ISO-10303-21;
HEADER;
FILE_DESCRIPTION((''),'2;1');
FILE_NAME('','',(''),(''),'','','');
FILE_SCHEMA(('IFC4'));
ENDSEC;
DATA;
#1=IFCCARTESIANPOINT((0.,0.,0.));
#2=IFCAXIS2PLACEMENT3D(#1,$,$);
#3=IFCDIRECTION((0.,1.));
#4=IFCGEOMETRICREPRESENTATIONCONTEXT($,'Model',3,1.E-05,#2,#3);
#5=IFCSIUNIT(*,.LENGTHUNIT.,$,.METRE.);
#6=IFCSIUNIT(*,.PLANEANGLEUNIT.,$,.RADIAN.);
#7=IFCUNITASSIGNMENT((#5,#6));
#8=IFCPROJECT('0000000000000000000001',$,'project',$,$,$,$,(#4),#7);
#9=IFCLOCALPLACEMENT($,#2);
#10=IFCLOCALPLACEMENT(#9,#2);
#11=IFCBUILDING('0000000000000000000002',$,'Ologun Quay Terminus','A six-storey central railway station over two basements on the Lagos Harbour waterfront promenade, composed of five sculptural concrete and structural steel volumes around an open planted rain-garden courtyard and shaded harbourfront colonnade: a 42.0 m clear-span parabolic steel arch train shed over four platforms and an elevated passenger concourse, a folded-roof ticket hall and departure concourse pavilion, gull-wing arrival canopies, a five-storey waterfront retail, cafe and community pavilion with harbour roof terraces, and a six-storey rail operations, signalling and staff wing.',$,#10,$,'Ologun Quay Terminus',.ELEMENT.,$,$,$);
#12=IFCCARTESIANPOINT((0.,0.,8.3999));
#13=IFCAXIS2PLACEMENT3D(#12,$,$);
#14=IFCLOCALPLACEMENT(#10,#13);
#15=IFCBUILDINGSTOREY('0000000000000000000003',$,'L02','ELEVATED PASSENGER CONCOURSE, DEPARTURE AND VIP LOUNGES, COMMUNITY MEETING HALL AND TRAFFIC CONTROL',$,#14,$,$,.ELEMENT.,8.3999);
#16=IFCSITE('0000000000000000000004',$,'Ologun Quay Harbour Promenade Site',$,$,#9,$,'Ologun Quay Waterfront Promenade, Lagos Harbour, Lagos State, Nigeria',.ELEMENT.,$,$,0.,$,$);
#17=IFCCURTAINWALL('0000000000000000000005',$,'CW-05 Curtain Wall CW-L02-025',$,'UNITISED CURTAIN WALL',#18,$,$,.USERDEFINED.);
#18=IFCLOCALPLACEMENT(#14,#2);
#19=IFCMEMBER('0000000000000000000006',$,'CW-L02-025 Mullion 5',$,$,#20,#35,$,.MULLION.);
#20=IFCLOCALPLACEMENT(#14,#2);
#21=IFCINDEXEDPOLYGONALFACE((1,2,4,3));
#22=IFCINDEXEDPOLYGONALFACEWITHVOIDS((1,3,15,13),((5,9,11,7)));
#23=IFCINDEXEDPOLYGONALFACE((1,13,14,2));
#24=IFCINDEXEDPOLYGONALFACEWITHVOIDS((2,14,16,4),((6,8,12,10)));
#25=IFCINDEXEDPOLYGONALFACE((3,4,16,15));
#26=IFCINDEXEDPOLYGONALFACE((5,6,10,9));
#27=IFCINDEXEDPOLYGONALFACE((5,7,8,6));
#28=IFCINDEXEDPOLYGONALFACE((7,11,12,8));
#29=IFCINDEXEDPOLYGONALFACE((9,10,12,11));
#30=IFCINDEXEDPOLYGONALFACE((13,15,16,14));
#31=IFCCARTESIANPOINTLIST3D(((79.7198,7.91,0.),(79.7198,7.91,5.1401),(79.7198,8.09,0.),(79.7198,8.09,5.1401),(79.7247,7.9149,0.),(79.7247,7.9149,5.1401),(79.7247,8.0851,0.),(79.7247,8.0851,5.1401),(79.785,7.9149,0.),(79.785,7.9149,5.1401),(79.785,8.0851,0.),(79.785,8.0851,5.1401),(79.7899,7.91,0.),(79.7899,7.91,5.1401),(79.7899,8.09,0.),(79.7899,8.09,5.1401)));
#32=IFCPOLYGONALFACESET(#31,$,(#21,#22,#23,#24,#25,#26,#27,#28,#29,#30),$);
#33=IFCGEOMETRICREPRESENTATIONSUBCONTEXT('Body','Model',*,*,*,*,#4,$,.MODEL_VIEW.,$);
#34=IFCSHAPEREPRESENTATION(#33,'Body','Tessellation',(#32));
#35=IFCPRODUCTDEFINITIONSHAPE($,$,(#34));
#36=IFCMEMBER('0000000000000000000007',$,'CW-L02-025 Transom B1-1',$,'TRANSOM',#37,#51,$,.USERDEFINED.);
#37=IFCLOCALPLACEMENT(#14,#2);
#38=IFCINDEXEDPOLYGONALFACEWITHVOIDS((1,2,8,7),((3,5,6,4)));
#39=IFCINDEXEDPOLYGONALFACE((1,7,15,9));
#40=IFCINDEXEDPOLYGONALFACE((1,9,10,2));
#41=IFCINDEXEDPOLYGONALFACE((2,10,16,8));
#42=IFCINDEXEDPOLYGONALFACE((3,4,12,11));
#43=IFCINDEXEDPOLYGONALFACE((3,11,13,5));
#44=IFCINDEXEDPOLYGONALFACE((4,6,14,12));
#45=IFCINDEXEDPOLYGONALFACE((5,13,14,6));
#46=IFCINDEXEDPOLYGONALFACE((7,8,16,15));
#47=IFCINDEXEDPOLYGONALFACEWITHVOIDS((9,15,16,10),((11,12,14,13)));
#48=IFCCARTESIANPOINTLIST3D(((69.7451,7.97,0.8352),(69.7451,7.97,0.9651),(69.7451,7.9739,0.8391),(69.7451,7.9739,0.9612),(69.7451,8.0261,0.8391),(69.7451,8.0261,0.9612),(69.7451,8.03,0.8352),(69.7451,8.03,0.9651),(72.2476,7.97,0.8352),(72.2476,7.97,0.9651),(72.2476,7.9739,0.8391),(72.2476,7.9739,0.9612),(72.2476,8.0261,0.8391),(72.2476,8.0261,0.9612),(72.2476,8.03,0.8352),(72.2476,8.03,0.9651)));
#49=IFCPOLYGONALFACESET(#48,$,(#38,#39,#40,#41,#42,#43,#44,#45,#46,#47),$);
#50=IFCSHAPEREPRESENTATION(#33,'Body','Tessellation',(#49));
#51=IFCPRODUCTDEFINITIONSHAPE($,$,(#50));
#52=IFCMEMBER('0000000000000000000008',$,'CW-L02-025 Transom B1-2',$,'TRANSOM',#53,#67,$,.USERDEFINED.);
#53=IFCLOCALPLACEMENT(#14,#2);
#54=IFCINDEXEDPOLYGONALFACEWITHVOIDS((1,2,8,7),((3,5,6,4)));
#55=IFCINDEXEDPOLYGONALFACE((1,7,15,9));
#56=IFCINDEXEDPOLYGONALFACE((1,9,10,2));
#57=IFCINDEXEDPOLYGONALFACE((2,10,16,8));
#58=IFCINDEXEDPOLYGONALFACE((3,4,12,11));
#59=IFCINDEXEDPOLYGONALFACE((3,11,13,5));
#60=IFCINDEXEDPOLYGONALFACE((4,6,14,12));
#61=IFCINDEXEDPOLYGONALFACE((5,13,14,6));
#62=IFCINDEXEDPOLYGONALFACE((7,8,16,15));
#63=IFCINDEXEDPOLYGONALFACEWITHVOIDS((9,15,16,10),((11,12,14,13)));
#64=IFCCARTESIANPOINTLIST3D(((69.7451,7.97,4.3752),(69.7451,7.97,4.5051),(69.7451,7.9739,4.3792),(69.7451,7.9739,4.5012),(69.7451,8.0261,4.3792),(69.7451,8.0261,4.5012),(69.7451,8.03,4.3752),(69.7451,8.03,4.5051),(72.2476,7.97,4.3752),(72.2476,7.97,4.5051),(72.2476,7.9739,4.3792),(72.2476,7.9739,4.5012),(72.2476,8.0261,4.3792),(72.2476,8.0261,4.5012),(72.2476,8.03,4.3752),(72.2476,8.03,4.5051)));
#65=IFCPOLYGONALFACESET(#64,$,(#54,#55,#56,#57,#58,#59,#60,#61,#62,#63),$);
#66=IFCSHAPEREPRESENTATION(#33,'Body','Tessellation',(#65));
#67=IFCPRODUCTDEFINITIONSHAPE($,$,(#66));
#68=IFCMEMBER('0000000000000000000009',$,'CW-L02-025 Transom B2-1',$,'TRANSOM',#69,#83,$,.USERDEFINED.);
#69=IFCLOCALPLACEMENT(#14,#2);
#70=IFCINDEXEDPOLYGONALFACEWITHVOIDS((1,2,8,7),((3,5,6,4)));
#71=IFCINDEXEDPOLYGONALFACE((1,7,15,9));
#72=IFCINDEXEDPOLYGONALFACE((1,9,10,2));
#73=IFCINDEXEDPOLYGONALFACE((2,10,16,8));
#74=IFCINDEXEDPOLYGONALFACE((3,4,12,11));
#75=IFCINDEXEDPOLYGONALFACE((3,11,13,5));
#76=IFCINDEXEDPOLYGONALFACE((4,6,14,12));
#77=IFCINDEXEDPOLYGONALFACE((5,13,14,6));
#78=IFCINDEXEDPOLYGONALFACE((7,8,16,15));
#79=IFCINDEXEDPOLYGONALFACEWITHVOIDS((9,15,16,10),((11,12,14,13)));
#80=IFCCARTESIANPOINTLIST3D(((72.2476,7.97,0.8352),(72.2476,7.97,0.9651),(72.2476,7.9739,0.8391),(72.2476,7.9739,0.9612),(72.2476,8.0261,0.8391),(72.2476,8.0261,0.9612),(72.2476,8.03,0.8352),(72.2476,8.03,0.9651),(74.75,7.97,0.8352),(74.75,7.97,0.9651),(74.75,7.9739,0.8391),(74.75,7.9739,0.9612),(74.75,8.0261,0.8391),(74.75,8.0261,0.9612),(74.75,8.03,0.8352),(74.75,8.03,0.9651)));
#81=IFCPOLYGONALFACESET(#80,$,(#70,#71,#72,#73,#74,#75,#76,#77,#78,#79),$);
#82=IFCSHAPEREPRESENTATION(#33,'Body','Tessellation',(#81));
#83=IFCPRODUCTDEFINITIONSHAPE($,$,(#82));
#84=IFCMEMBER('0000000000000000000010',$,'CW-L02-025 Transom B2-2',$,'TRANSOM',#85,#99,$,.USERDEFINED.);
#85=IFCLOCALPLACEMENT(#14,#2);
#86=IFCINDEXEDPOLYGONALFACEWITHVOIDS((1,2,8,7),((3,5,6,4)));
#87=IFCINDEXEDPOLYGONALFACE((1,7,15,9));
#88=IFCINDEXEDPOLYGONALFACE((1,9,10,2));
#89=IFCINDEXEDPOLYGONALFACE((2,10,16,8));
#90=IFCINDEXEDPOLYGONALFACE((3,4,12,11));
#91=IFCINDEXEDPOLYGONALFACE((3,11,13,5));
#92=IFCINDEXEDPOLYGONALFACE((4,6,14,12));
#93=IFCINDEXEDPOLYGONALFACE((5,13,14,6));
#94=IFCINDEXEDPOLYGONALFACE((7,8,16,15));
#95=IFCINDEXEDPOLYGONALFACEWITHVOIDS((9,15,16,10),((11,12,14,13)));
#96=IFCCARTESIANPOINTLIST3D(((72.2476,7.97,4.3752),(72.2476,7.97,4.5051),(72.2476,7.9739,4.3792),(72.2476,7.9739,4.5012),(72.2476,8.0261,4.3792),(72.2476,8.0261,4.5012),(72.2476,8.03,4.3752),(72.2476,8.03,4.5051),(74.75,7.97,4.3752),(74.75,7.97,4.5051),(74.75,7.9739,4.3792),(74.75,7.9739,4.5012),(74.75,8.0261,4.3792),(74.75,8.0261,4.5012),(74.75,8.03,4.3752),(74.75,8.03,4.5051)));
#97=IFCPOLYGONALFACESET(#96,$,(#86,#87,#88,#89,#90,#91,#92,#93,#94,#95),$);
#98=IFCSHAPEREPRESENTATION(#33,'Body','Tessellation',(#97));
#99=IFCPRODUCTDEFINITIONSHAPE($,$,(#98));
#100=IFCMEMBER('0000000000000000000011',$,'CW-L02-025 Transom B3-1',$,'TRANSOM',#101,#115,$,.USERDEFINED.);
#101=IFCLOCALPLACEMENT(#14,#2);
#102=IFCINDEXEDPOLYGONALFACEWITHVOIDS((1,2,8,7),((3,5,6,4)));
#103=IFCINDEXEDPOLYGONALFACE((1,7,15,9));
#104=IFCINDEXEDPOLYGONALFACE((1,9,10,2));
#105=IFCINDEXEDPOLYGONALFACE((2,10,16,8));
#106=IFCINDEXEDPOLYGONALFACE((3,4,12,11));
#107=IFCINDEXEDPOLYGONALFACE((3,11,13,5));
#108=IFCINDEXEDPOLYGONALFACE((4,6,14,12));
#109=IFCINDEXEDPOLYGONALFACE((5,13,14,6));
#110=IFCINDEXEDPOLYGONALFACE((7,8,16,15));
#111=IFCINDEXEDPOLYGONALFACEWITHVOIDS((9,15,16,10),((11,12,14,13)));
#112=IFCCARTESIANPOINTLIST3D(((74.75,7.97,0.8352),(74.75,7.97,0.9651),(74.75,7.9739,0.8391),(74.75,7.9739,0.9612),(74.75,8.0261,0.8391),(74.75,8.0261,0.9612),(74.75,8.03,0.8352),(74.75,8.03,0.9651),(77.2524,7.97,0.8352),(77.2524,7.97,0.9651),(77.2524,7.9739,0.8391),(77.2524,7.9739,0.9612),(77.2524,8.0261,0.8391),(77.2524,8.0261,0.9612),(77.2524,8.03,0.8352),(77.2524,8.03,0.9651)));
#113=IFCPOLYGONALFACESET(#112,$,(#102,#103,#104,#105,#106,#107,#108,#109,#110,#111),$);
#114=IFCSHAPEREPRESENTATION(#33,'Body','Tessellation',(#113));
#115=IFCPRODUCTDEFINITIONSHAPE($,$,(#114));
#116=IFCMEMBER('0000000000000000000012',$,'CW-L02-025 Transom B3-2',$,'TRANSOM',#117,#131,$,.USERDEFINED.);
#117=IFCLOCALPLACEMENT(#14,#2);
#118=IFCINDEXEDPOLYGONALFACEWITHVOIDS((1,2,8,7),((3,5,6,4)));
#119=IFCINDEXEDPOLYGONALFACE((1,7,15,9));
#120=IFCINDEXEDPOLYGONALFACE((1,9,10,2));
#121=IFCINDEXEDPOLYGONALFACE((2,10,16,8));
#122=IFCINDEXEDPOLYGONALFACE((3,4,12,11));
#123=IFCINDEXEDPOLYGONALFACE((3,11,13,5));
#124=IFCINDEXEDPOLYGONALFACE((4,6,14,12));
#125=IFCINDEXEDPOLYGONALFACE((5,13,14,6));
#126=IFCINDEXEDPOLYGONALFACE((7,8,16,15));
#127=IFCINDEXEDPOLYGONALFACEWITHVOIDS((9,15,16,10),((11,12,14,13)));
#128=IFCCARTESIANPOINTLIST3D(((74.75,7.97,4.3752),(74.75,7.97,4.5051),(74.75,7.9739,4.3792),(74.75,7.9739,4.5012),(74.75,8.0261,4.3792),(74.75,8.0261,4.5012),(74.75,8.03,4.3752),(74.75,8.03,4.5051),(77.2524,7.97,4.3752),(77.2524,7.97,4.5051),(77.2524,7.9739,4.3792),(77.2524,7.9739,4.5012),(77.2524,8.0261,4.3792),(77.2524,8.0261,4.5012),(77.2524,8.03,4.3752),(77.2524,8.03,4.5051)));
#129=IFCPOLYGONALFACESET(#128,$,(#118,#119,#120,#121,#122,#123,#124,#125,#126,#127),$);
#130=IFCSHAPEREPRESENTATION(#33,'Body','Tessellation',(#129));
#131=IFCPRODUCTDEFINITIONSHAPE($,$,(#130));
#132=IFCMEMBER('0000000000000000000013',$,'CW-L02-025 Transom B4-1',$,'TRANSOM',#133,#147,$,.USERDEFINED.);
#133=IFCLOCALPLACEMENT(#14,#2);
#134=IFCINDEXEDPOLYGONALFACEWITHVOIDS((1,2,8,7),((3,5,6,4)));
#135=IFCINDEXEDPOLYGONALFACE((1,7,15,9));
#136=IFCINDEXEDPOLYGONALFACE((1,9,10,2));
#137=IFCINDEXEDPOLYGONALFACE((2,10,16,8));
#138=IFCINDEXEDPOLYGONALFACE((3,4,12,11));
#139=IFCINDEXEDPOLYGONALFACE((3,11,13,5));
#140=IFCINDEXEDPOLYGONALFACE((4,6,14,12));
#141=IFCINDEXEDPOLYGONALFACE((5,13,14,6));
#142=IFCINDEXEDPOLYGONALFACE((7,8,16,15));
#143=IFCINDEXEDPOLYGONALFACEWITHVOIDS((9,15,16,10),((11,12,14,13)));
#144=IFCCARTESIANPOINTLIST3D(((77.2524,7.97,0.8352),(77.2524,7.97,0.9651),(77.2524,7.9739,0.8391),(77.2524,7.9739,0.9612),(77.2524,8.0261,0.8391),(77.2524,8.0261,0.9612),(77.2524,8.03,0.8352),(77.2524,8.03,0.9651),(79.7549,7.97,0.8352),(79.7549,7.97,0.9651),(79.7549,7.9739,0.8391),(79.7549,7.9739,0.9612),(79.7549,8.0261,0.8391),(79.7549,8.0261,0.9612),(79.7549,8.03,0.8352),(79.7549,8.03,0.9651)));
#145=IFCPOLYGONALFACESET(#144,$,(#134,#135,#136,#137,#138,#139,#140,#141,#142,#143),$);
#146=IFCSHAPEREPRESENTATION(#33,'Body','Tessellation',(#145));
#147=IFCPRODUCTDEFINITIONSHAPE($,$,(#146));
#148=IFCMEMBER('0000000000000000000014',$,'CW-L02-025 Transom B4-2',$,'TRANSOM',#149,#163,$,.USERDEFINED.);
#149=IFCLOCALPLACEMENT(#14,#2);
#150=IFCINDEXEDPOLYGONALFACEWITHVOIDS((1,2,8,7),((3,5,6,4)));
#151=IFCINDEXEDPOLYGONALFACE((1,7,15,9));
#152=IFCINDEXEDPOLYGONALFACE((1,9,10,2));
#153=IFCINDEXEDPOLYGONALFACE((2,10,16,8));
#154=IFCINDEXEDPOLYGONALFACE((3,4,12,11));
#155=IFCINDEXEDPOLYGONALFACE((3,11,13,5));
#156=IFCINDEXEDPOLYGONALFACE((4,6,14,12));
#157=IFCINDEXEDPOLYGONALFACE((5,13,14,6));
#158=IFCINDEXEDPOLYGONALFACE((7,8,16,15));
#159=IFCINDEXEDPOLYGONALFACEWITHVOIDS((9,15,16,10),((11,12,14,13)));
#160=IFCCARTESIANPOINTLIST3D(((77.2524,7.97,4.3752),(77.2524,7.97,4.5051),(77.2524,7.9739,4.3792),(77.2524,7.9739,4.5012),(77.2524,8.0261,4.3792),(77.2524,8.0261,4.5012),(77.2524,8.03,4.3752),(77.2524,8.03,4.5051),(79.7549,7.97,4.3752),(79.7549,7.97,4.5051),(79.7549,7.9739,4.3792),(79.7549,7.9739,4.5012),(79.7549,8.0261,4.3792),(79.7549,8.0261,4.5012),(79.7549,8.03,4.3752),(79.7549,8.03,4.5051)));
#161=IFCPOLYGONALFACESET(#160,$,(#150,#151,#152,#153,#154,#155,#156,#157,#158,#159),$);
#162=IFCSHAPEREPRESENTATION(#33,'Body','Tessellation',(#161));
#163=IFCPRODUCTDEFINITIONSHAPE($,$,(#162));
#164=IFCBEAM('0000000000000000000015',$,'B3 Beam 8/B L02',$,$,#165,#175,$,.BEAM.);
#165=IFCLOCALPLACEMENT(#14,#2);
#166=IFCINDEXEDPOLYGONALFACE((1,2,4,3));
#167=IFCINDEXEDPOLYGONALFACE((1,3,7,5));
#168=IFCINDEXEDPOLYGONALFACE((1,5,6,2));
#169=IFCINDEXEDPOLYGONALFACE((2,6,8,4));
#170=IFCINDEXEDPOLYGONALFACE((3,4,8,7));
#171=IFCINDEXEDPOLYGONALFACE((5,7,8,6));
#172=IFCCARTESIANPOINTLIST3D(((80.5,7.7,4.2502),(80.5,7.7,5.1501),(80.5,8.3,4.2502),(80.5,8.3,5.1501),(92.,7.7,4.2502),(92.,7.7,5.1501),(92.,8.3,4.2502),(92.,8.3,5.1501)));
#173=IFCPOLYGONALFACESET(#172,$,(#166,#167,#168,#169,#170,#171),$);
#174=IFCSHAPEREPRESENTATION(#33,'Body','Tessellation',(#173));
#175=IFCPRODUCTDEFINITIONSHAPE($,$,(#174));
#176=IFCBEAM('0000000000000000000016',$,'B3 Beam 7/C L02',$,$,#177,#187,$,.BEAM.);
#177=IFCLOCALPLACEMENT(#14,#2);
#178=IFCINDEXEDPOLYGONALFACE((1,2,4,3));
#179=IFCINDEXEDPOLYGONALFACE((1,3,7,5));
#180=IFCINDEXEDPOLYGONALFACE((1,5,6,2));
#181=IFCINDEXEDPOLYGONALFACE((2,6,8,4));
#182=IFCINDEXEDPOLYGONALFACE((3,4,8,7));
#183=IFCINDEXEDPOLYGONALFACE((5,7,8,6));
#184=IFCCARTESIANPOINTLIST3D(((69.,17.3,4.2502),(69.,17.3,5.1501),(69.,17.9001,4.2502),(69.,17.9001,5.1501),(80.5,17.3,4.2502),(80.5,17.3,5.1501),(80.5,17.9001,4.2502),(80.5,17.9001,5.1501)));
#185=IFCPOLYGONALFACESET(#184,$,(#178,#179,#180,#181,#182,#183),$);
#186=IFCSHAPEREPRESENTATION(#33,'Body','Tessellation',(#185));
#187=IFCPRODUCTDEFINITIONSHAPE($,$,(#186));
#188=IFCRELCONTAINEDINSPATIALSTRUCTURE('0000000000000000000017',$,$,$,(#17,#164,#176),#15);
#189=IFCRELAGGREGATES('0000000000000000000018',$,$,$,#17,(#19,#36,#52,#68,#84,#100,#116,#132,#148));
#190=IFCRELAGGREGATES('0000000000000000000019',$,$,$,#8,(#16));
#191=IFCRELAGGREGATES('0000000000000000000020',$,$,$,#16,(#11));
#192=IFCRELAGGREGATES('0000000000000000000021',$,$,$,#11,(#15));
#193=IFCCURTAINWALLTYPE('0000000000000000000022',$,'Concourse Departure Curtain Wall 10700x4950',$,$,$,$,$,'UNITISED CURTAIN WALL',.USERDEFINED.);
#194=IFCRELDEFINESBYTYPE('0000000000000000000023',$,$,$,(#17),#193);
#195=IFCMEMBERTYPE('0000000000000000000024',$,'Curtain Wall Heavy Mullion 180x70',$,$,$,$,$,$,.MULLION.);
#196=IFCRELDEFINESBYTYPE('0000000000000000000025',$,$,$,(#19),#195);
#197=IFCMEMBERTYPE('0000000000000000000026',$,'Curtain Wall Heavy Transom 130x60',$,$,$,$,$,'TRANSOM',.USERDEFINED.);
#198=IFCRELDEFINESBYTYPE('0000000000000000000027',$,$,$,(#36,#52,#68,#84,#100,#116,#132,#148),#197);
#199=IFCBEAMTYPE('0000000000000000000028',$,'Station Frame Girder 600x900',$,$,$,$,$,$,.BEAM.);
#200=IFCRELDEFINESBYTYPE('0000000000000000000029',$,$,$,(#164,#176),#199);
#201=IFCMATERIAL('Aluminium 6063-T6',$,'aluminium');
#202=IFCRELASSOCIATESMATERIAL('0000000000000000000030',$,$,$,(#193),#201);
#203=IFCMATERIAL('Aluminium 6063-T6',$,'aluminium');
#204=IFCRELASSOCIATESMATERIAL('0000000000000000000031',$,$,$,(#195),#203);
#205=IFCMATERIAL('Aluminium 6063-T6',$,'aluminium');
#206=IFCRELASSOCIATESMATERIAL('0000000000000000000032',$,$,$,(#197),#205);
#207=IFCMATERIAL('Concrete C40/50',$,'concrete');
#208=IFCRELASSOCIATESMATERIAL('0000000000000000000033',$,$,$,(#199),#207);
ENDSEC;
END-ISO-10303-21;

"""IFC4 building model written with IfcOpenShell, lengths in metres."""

from ifc_helpers import new_model, si_unit, direction, frame, origin, origin_2d, place, context, subcontext, project, spatial, rectangle, hollow_rectangle, extrude, material, material_profile, profile_set, type_object, element, aggregate, save


model = new_model("IFC4")

# Units and contexts
model_context = context("Model", 3, precision=1e-05, world=origin(), true_north=direction((0.0, 1.0)))
body_context = subcontext(model_context, "Body", "Model", "MODEL_VIEW")
ifc_project = project(units=[si_unit("LENGTHUNIT", "METRE"), si_unit("PLANEANGLEUNIT", "RADIAN")], contexts=[model_context])

# Site, building, storey
site_placement = place(None, origin())
site = spatial("IfcSite", under=ifc_project, at=site_placement, Name="Ologun Quay Harbour Promenade Site", LongName="Ologun Quay Waterfront Promenade, Lagos Harbour, Lagos State, Nigeria", CompositionType="ELEMENT", RefElevation=0.0)
building_placement = place(site_placement, origin())
building = spatial("IfcBuilding", under=site, at=building_placement, Name="Ologun Quay Terminus", Description="A six-storey central railway station over two basements on the Lagos Harbour waterfront promenade, composed of five sculptural concrete and structural steel volumes around an open planted rain-garden courtyard and shaded harbourfront colonnade: a 42.0 m clear-span parabolic steel arch train shed over four platforms and an elevated passenger concourse, a folded-roof ticket hall and departure concourse pavilion, gull-wing arrival canopies, a five-storey waterfront retail, cafe and community pavilion with harbour roof terraces, and a six-storey rail operations, signalling and staff wing.", LongName="Ologun Quay Terminus", CompositionType="ELEMENT")
storey_placement = place(building_placement, frame((0.0, 0.0, 8.3999)))
storey = spatial("IfcBuildingStorey", under=building, at=storey_placement, Name="L02", Description="ELEVATED PASSENGER CONCOURSE, DEPARTURE AND VIP LOUNGES, COMMUNITY MEETING HALL AND TRAFFIC CONTROL", CompositionType="ELEMENT", Elevation=8.3999)

# Curtain wall, members
ifc_material_1 = material(Name="Aluminium 6063-T6", Category="aluminium")
curtain_wall_type = type_object("IfcCurtainWallType", Name="Concourse Departure Curtain Wall 10700x4950", ElementType="UNITISED CURTAIN WALL", PredefinedType="USERDEFINED", material=ifc_material_1)
curtain_wall_placement = place(storey_placement, origin())
curtain_wall = element("IfcCurtainWall", 1, at=curtain_wall_placement, inside=storey, type_object=curtain_wall_type, Name="CW-05 Curtain Wall CW-L02-025", ObjectType="UNITISED CURTAIN WALL", PredefinedType="USERDEFINED")
ifc_material_2 = material(Name="Aluminium 6063-T6", Category="aluminium")
ifc_material_profile_1 = material_profile(ifc_material_2, hollow_rectangle(XDim=0.0701, YDim=0.1799, WallThickness=0.0049, at=origin_2d()), Name="ALU 180x70x5")
ifc_profile_set_1 = profile_set([ifc_material_profile_1], Name="Aluminium 6063-T6")
member_type_1 = type_object("IfcMemberType", Name="Curtain Wall Heavy Mullion 180x70", PredefinedType="MULLION", material=ifc_profile_set_1)
member_1_placement = place(storey_placement, frame((79.7549, 8.0, 0.0), z_axis=(0.0, 0.0, 1.0), x_axis=(1.0, 0.0, 0.0)))
member_1 = element("IfcMember", 2, at=member_1_placement, type_object=member_type_1, Name="CW-L02-025 Mullion 5", PredefinedType="MULLION", context=body_context, shape_type="SweptSolid", body=[
    extrude(hollow_rectangle(XDim=0.0701, YDim=0.1799, WallThickness=0.0049, at=origin_2d()), origin(), (0.0, 0.0, 1.0), 5.1401),
])
ifc_material_3 = material(Name="Aluminium 6063-T6", Category="aluminium")
ifc_material_profile_2 = material_profile(ifc_material_3, hollow_rectangle(XDim=0.0601, YDim=0.1299, WallThickness=0.0039, at=origin_2d()), Name="ALU 130x60x4")
ifc_profile_set_2 = profile_set([ifc_material_profile_2], Name="Aluminium 6063-T6")
member_type_2 = type_object("IfcMemberType", Name="Curtain Wall Heavy Transom 130x60", ElementType="TRANSOM", PredefinedType="USERDEFINED", material=ifc_profile_set_2)
member_2_placement = place(storey_placement, frame((69.7451, 8.0, 0.9001), z_axis=(1.0, 0.0, 0.0), x_axis=(0.0, 1.0, 0.0)))
member_2 = element("IfcMember", 3, at=member_2_placement, type_object=member_type_2, Name="CW-L02-025 Transom B1-1", ObjectType="TRANSOM", PredefinedType="USERDEFINED", context=body_context, shape_type="SweptSolid", body=[
    extrude(hollow_rectangle(XDim=0.0601, YDim=0.1299, WallThickness=0.0039, at=origin_2d()), origin(), (0.0, 0.0, 1.0), 2.5024),
])
member_3_placement = place(storey_placement, frame((69.7451, 8.0, 4.4402), z_axis=(1.0, 0.0, 0.0), x_axis=(0.0, 1.0, 0.0)))
member_3 = element("IfcMember", 4, at=member_3_placement, type_object=member_type_2, Name="CW-L02-025 Transom B1-2", ObjectType="TRANSOM", PredefinedType="USERDEFINED", context=body_context, shape_type="SweptSolid", body=[
    extrude(hollow_rectangle(XDim=0.0601, YDim=0.1299, WallThickness=0.0039, at=origin_2d()), origin(), (0.0, 0.0, 1.0), 2.5024),
])
member_4_placement = place(storey_placement, frame((72.2476, 8.0, 0.9001), z_axis=(1.0, 0.0, 0.0), x_axis=(0.0, 1.0, 0.0)))
member_4 = element("IfcMember", 5, at=member_4_placement, type_object=member_type_2, Name="CW-L02-025 Transom B2-1", ObjectType="TRANSOM", PredefinedType="USERDEFINED", context=body_context, shape_type="SweptSolid", body=[
    extrude(hollow_rectangle(XDim=0.0601, YDim=0.1299, WallThickness=0.0039, at=origin_2d()), origin(), (0.0, 0.0, 1.0), 2.5024),
])
member_5_placement = place(storey_placement, frame((72.2476, 8.0, 4.4402), z_axis=(1.0, 0.0, 0.0), x_axis=(0.0, 1.0, 0.0)))
member_5 = element("IfcMember", 6, at=member_5_placement, type_object=member_type_2, Name="CW-L02-025 Transom B2-2", ObjectType="TRANSOM", PredefinedType="USERDEFINED", context=body_context, shape_type="SweptSolid", body=[
    extrude(hollow_rectangle(XDim=0.0601, YDim=0.1299, WallThickness=0.0039, at=origin_2d()), origin(), (0.0, 0.0, 1.0), 2.5024),
])
member_6_placement = place(storey_placement, frame((74.75, 8.0, 0.9001), z_axis=(1.0, 0.0, 0.0), x_axis=(0.0, 1.0, 0.0)))
member_6 = element("IfcMember", 7, at=member_6_placement, type_object=member_type_2, Name="CW-L02-025 Transom B3-1", ObjectType="TRANSOM", PredefinedType="USERDEFINED", context=body_context, shape_type="SweptSolid", body=[
    extrude(hollow_rectangle(XDim=0.0601, YDim=0.1299, WallThickness=0.0039, at=origin_2d()), origin(), (0.0, 0.0, 1.0), 2.5024),
])
member_7_placement = place(storey_placement, frame((74.75, 8.0, 4.4402), z_axis=(1.0, 0.0, 0.0), x_axis=(0.0, 1.0, 0.0)))
member_7 = element("IfcMember", 8, at=member_7_placement, type_object=member_type_2, Name="CW-L02-025 Transom B3-2", ObjectType="TRANSOM", PredefinedType="USERDEFINED", context=body_context, shape_type="SweptSolid", body=[
    extrude(hollow_rectangle(XDim=0.0601, YDim=0.1299, WallThickness=0.0039, at=origin_2d()), origin(), (0.0, 0.0, 1.0), 2.5024),
])
member_8_placement = place(storey_placement, frame((77.2524, 8.0, 0.9001), z_axis=(1.0, 0.0, 0.0), x_axis=(0.0, 1.0, 0.0)))
member_8 = element("IfcMember", 9, at=member_8_placement, type_object=member_type_2, Name="CW-L02-025 Transom B4-1", ObjectType="TRANSOM", PredefinedType="USERDEFINED", context=body_context, shape_type="SweptSolid", body=[
    extrude(hollow_rectangle(XDim=0.0601, YDim=0.1299, WallThickness=0.0039, at=origin_2d()), origin(), (0.0, 0.0, 1.0), 2.5024),
])
member_9_placement = place(storey_placement, frame((77.2524, 8.0, 4.4402), z_axis=(1.0, 0.0, 0.0), x_axis=(0.0, 1.0, 0.0)))
member_9 = element("IfcMember", 10, at=member_9_placement, type_object=member_type_2, Name="CW-L02-025 Transom B4-2", ObjectType="TRANSOM", PredefinedType="USERDEFINED", context=body_context, shape_type="SweptSolid", body=[
    extrude(hollow_rectangle(XDim=0.0601, YDim=0.1299, WallThickness=0.0039, at=origin_2d()), origin(), (0.0, 0.0, 1.0), 2.5024),
])

# Beams
ifc_material_4 = material(Name="Concrete C40/50", Category="concrete")
ifc_material_profile_3 = material_profile(ifc_material_4, rectangle(XDim=0.6001, YDim=0.8999, at=origin_2d()), Name="RC 600x900")
ifc_profile_set_3 = profile_set([ifc_material_profile_3], Name="Concrete C40/50")
beam_type_1 = type_object("IfcBeamType", Name="Station Frame Girder 600x900", PredefinedType="BEAM", material=ifc_profile_set_3)
for number, where, z_axis, x_axis, name in (
    (11, (80.5, 8.0, 4.7002), (1.0, 0.0, 0.0), (0.0, 1.0, 0.0), "B3 Beam 8/B L02"),
    (12, (69.0, 17.6001, 4.7002), (1.0, 0.0, 0.0), (0.0, 1.0, 0.0), "B3 Beam 7/C L02"),
):
    element("IfcBeam", number, at=place(storey_placement, frame(where, z_axis=z_axis, x_axis=x_axis)), inside=storey, type_object=beam_type_1, Name=name, PredefinedType="BEAM", context=body_context, shape_type="SweptSolid", body=[
        extrude(rectangle(XDim=0.6001, YDim=0.8999, at=origin_2d()), origin(), (0.0, 0.0, 1.0), 11.5),
    ])

aggregate(curtain_wall, [member_1, member_2, member_3, member_4, member_5, member_6, member_7, member_8, member_9])

save(model, "model.ifc")
